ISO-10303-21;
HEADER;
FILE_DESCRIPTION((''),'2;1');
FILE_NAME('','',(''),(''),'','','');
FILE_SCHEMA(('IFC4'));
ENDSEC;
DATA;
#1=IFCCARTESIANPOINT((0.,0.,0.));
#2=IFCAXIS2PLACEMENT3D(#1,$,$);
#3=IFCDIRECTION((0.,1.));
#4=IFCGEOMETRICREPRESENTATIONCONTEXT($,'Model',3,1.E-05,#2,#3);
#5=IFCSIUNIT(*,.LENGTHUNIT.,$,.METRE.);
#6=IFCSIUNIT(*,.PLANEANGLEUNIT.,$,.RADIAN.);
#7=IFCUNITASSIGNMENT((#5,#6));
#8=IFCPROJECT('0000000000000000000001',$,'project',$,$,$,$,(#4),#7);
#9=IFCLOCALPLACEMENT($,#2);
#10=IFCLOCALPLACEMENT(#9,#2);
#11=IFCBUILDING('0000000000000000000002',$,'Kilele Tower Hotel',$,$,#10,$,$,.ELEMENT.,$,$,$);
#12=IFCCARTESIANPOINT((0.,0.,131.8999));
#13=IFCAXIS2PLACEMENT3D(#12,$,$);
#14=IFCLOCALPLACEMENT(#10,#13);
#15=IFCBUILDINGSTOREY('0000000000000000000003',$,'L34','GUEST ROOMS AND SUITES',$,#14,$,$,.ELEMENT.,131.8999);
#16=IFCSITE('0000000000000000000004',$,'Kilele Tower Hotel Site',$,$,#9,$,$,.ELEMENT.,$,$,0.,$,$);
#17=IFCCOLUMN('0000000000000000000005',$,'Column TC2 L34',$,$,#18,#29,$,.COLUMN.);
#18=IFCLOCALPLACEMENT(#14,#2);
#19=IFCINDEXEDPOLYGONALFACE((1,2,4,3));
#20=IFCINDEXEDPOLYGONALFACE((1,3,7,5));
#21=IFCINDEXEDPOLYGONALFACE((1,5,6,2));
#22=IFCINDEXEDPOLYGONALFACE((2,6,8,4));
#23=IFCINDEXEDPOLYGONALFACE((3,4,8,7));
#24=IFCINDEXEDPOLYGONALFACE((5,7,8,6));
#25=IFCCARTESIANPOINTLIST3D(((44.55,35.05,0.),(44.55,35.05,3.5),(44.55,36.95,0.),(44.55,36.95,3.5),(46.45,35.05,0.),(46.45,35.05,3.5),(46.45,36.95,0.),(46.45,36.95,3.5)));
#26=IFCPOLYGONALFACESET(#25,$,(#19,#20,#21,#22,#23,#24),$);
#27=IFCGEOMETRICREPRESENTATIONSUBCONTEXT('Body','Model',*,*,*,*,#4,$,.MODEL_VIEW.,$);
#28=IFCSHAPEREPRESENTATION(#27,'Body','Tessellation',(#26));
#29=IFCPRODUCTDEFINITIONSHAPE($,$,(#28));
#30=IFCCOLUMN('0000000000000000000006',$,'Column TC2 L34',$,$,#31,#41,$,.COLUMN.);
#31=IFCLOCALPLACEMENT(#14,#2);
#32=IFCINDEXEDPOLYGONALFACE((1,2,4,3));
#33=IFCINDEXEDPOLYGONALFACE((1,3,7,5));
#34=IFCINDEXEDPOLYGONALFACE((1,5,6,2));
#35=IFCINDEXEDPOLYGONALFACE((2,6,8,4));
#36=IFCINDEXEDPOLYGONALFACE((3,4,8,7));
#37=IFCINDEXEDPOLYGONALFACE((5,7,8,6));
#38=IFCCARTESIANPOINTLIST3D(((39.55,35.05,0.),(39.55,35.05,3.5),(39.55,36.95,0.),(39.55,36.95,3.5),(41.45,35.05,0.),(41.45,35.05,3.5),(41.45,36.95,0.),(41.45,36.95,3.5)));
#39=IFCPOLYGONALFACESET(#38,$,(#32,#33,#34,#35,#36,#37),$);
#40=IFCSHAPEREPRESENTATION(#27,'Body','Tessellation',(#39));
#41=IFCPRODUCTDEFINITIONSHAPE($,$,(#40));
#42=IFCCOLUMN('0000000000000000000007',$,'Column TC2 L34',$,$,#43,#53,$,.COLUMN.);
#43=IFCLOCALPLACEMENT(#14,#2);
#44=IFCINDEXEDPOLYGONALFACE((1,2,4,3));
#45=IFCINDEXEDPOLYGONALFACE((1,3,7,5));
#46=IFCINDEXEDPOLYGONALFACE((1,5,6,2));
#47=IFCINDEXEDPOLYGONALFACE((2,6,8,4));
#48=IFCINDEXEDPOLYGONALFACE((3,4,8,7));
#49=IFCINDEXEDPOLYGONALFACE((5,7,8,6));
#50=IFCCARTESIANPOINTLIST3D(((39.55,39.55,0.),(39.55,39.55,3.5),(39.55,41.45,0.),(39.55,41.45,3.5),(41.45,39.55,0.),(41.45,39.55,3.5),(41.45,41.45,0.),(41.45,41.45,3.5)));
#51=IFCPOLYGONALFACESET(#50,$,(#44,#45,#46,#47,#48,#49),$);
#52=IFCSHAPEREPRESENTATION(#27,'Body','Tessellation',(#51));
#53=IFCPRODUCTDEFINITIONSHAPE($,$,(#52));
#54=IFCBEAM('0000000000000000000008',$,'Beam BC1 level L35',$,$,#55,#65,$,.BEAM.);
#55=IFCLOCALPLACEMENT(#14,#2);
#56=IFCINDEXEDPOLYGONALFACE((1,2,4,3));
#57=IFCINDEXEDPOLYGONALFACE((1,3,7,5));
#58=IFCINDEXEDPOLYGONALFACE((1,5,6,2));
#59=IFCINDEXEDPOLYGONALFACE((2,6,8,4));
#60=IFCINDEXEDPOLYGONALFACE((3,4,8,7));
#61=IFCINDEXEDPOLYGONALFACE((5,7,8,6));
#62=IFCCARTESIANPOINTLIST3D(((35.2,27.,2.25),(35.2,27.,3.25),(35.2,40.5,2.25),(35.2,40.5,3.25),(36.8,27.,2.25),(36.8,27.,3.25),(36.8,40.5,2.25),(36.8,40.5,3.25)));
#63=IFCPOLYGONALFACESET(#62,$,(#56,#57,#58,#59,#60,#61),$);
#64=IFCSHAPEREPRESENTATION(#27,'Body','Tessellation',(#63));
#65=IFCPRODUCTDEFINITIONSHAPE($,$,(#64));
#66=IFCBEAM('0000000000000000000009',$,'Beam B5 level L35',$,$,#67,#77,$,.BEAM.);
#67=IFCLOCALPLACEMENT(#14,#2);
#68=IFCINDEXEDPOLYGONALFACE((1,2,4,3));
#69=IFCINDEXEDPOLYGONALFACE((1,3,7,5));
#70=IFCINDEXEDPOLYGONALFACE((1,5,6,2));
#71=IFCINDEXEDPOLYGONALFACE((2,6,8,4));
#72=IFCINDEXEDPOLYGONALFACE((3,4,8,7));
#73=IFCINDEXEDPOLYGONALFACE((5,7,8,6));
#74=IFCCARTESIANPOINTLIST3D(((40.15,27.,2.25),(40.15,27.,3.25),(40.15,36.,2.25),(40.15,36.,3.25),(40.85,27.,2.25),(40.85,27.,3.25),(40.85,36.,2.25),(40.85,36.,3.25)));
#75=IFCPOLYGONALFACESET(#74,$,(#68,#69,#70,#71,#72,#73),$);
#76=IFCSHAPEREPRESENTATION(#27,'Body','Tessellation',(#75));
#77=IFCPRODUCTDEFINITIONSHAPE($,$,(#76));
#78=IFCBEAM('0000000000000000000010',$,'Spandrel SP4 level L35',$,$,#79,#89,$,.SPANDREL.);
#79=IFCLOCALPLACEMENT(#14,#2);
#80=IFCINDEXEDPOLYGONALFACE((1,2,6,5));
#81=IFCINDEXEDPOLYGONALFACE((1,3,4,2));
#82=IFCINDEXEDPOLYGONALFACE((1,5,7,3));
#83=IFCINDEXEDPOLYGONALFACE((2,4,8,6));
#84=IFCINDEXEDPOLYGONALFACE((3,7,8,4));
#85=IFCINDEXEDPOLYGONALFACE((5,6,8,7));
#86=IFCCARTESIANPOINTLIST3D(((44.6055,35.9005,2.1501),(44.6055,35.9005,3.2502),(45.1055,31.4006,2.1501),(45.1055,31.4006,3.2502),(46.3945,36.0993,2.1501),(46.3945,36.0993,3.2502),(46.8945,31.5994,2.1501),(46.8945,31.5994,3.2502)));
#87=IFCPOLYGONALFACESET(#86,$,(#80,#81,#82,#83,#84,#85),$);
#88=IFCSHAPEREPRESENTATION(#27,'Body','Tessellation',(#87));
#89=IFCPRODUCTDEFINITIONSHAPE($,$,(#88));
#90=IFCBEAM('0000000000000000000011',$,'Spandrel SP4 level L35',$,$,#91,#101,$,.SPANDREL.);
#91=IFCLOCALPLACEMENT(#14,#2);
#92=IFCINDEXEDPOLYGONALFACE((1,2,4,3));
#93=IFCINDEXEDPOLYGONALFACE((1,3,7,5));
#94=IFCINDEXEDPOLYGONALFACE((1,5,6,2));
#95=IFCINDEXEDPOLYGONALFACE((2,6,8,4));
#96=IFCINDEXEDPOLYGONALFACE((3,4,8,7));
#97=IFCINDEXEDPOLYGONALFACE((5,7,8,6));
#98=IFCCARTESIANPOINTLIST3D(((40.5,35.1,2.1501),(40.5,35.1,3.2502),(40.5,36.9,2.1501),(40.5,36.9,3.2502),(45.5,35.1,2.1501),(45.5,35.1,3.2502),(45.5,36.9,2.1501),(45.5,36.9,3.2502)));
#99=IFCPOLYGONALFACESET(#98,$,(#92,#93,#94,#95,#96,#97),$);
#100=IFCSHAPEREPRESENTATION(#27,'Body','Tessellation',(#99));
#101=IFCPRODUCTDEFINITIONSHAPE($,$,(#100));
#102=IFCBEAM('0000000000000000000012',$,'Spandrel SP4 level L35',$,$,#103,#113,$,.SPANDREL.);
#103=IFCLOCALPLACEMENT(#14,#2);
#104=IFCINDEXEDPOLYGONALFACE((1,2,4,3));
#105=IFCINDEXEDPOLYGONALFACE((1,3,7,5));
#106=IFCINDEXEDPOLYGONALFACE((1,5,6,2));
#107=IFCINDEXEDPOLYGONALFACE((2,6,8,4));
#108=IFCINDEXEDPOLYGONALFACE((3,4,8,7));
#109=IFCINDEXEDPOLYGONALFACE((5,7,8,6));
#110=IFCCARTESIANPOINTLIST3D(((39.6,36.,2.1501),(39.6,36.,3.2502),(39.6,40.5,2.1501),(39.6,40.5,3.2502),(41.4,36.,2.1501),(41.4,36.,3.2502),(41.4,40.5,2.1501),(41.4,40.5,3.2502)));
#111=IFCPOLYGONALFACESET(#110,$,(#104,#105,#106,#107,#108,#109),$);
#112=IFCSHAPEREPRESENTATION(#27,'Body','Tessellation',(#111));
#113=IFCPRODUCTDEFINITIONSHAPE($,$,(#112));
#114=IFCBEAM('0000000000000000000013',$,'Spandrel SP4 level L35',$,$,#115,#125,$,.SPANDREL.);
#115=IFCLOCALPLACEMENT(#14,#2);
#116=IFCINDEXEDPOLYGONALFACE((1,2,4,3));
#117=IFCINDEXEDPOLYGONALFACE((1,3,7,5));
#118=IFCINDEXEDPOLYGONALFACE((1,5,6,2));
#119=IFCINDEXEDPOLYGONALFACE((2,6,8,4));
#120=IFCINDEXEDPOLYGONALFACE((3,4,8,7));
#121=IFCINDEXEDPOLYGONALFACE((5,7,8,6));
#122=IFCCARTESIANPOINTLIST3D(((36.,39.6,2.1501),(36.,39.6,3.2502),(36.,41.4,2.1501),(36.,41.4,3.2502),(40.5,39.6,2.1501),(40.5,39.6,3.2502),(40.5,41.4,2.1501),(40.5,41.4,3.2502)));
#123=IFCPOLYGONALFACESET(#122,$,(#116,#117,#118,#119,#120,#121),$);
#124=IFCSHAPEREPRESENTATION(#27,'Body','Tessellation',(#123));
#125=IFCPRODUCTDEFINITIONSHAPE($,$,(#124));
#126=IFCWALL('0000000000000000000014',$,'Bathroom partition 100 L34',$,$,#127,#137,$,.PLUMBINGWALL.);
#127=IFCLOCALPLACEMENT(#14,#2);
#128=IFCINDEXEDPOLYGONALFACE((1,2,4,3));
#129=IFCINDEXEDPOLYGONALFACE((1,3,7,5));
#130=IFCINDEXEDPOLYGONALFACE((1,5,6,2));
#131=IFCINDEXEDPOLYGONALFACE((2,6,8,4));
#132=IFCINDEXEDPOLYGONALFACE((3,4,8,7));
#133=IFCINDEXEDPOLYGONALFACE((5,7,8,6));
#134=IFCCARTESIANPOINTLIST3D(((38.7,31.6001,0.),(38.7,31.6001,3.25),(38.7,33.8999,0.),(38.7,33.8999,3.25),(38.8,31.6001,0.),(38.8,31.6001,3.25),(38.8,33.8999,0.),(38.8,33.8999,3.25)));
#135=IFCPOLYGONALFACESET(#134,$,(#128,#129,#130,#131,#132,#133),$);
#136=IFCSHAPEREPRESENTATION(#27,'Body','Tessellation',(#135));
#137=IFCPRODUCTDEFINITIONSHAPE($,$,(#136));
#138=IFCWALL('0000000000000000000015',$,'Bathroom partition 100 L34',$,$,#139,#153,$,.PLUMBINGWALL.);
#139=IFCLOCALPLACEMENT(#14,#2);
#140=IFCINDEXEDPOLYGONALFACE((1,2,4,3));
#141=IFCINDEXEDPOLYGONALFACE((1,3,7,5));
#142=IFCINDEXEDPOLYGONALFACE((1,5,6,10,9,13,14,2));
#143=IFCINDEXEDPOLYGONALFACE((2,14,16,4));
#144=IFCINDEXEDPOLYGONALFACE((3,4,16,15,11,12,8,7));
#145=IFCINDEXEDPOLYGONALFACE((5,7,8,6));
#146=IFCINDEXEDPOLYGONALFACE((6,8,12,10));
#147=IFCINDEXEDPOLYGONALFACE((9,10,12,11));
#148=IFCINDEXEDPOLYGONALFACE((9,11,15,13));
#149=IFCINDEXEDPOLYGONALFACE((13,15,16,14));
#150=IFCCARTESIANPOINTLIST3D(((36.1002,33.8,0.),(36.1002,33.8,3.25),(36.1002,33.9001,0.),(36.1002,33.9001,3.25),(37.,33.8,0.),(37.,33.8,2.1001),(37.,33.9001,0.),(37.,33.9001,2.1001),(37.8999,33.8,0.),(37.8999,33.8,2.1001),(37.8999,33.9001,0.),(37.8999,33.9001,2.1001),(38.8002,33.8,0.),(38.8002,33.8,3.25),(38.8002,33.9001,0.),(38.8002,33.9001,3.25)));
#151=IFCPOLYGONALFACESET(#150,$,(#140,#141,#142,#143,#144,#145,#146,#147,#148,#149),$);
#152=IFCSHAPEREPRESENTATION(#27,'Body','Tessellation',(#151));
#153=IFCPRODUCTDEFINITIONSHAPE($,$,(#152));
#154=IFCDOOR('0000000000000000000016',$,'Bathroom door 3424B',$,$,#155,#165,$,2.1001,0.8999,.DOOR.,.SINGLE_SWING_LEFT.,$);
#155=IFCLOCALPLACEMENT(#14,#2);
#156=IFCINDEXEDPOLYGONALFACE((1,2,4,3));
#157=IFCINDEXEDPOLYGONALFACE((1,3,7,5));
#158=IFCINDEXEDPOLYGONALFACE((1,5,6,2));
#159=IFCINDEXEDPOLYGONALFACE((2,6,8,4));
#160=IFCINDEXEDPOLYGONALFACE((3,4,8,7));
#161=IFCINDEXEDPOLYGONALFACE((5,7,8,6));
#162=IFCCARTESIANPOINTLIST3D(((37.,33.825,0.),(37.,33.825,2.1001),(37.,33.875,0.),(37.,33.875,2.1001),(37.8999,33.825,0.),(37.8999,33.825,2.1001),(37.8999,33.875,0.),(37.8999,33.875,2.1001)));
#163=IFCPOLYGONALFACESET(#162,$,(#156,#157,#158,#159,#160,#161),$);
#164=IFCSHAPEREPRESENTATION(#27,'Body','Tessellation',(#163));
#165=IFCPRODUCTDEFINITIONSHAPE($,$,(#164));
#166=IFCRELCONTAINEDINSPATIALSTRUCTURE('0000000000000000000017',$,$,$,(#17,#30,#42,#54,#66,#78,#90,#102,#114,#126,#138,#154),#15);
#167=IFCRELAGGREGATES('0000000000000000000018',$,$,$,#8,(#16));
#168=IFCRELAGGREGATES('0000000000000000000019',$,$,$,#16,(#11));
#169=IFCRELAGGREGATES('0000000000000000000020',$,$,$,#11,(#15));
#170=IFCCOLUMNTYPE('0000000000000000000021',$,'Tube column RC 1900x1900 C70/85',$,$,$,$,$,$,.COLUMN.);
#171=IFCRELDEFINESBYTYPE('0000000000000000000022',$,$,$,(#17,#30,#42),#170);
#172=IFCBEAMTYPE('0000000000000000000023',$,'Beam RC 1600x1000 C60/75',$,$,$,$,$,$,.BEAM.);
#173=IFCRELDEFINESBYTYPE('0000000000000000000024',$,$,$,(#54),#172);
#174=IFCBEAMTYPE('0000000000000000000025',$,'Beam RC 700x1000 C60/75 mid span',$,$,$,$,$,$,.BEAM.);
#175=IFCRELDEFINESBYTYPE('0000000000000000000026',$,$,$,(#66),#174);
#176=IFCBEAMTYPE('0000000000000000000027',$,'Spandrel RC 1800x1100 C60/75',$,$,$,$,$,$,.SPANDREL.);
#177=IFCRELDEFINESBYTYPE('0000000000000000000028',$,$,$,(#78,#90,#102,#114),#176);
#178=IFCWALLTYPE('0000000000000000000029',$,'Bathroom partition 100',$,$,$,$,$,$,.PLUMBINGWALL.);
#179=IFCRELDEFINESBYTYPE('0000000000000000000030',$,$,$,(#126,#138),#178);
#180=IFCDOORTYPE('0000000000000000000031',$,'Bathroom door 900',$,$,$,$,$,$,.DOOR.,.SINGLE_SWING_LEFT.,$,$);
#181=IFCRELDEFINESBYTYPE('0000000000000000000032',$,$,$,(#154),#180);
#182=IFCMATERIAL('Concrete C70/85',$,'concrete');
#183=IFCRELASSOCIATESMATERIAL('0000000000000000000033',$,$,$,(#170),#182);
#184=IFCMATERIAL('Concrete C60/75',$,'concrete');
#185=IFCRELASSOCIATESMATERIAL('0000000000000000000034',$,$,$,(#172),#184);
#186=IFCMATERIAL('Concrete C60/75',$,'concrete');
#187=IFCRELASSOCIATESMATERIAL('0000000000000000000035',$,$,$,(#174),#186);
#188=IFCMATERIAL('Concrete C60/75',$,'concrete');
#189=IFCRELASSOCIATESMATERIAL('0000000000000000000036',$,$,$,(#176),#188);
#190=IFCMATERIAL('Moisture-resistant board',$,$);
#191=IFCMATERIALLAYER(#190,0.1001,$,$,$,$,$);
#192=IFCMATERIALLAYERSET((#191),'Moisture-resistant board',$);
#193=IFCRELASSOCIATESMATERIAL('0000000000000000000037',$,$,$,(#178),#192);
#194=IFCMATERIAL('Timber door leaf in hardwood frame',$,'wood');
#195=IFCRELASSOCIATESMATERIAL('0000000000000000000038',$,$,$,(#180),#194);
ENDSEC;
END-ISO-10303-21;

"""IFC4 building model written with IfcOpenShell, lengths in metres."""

from ifc_helpers import new_model, si_unit, direction, frame, frame_2d, origin, origin_2d, place, context, subcontext, project, spatial, rectangle, extrude, material, layer, layer_set, material_profile, profile_set, type_object, element, fill, save


model = new_model("IFC4")

# Units and contexts
model_context = context("Model", 3, precision=1e-05, world=origin(), true_north=direction((0.0, 1.0)))
body_context = subcontext(model_context, "Body", "Model", "MODEL_VIEW")
ifc_project = project(units=[si_unit("LENGTHUNIT", "METRE"), si_unit("PLANEANGLEUNIT", "RADIAN")], contexts=[model_context])

# Site, building, storey
site_placement = place(None, origin())
site = spatial("IfcSite", under=ifc_project, at=site_placement, Name="Kilele Tower Hotel Site", CompositionType="ELEMENT", RefElevation=0.0)
building_placement = place(site_placement, origin())
building = spatial("IfcBuilding", under=site, at=building_placement, Name="Kilele Tower Hotel", CompositionType="ELEMENT")
storey_placement = place(building_placement, frame((0.0, 0.0, 131.8999)))
storey = spatial("IfcBuildingStorey", under=building, at=storey_placement, Name="L34", Description="GUEST ROOMS AND SUITES", CompositionType="ELEMENT", Elevation=131.8999)

# Columns
ifc_material_1 = material(Name="Concrete C70/85", Category="concrete")
ifc_material_profile_1 = material_profile(ifc_material_1, rectangle(XDim=1.8999, YDim=1.8999, at=origin_2d()))
ifc_profile_set_1 = profile_set([ifc_material_profile_1], Name="Concrete C70/85")
column_type = type_object("IfcColumnType", Name="Tube column RC 1900x1900 C70/85", PredefinedType="COLUMN", material=ifc_profile_set_1)
for number, where, z_axis, x_axis, name in (
    (1, (45.5, 36.0, 0.0), (0.0, 0.0, 1.0), (1.0, 0.0, 0.0), "Column TC2 L34"),
    (2, (40.5, 36.0, 0.0), (0.0, 0.0, 1.0), (1.0, 0.0, 0.0), "Column TC2 L34"),
    (3, (40.5, 40.5, 0.0), (0.0, 0.0, 1.0), (1.0, 0.0, 0.0), "Column TC2 L34"),
):
    element("IfcColumn", number, at=place(storey_placement, frame(where, z_axis=z_axis, x_axis=x_axis)), inside=storey, type_object=column_type, Name=name, PredefinedType="COLUMN", context=body_context, shape_type="SweptSolid", body=[
        extrude(rectangle(XDim=1.8999, YDim=1.8999, at=origin_2d()), origin(), (0.0, 0.0, 1.0), 3.5),
    ])

# Beams
ifc_material_2 = material(Name="Concrete C60/75", Category="concrete")
ifc_material_profile_2 = material_profile(ifc_material_2, rectangle(XDim=1.6001, YDim=1.0, at=origin_2d()))
ifc_profile_set_2 = profile_set([ifc_material_profile_2], Name="Concrete C60/75")
beam_type_1 = type_object("IfcBeamType", Name="Beam RC 1600x1000 C60/75", PredefinedType="BEAM", material=ifc_profile_set_2)
beam_1_placement = place(storey_placement, frame((36.0, 40.5, 2.75), z_axis=(0.0, -1.0, 0.0), x_axis=(1.0, 0.0, 0.0)))
element("IfcBeam", 4, at=beam_1_placement, inside=storey, type_object=beam_type_1, Name="Beam BC1 level L35", PredefinedType="BEAM", context=body_context, shape_type="SweptSolid", body=[
    extrude(rectangle(XDim=1.6001, YDim=1.0, at=origin_2d()), origin(), (0.0, 0.0, 1.0), 13.5),
])
ifc_material_3 = material(Name="Concrete C60/75", Category="concrete")
ifc_material_profile_3 = material_profile(ifc_material_3, rectangle(XDim=0.7, YDim=1.0, at=origin_2d()))
ifc_profile_set_3 = profile_set([ifc_material_profile_3], Name="Concrete C60/75")
beam_type_2 = type_object("IfcBeamType", Name="Beam RC 700x1000 C60/75 mid span", PredefinedType="BEAM", material=ifc_profile_set_3)
beam_2_placement = place(storey_placement, frame((40.5, 36.0, 2.75), z_axis=(0.0, -1.0, 0.0), x_axis=(1.0, 0.0, 0.0)))
element("IfcBeam", 5, at=beam_2_placement, inside=storey, type_object=beam_type_2, Name="Beam B5 level L35", PredefinedType="BEAM", context=body_context, shape_type="SweptSolid", body=[
    extrude(rectangle(XDim=0.7, YDim=1.0, at=origin_2d()), origin(), (0.0, 0.0, 1.0), 9.0),
])
ifc_material_4 = material(Name="Concrete C60/75", Category="concrete")
ifc_material_profile_4 = material_profile(ifc_material_4, rectangle(XDim=1.8, YDim=1.1001, at=origin_2d()))
ifc_profile_set_4 = profile_set([ifc_material_profile_4], Name="Concrete C60/75")
beam_type_3 = type_object("IfcBeamType", Name="Spandrel RC 1800x1100 C60/75", PredefinedType="SPANDREL", material=ifc_profile_set_4)
beam_3_placement = place(storey_placement, frame((46.0, 31.5, 2.7002), z_axis=(-0.110432, 0.993884, 0.0), x_axis=(-0.993884, -0.110432, 0.0)))
element("IfcBeam", 6, at=beam_3_placement, inside=storey, type_object=beam_type_3, Name="Spandrel SP4 level L35", PredefinedType="SPANDREL", context=body_context, shape_type="SweptSolid", body=[
    extrude(rectangle(XDim=1.8, YDim=1.1001, at=origin_2d()), origin(), (0.0, 0.0, 1.0), 4.5276),
])
beam_4_placement = place(storey_placement, frame((45.5, 36.0, 2.7002), z_axis=(-1.0, 0.0, 0.0), x_axis=(0.0, -1.0, 0.0)))
element("IfcBeam", 7, at=beam_4_placement, inside=storey, type_object=beam_type_3, Name="Spandrel SP4 level L35", PredefinedType="SPANDREL", context=body_context, shape_type="SweptSolid", body=[
    extrude(rectangle(XDim=1.8, YDim=1.1001, at=origin_2d()), origin(), (0.0, 0.0, 1.0), 5.0),
])
for number, where, z_axis, x_axis, name in (
    (8, (40.5, 36.0, 2.7002), (0.0, 1.0, 0.0), (-1.0, 0.0, 0.0), "Spandrel SP4 level L35"),
    (9, (40.5, 40.5, 2.7002), (-1.0, 0.0, 0.0), (0.0, -1.0, 0.0), "Spandrel SP4 level L35"),
):
    element("IfcBeam", number, at=place(storey_placement, frame(where, z_axis=z_axis, x_axis=x_axis)), inside=storey, type_object=beam_type_3, Name=name, PredefinedType="SPANDREL", context=body_context, shape_type="SweptSolid", body=[
        extrude(rectangle(XDim=1.8, YDim=1.1001, at=origin_2d()), origin(), (0.0, 0.0, 1.0), 4.5),
    ])

# Wall
ifc_material_5 = material(Name="Moisture-resistant board")
ifc_layer_1 = layer(ifc_material_5, 0.1001)
ifc_layer_set_1 = layer_set([ifc_layer_1], Name="Moisture-resistant board")
wall_type_1 = type_object("IfcWallType", Name="Bathroom partition 100", PredefinedType="PLUMBINGWALL", material=ifc_layer_set_1)
wall_1_placement = place(storey_placement, frame((38.75, 31.6001, 0.0), z_axis=(0.0, 0.0, 1.0), x_axis=(0.0, 1.0, 0.0)))
element("IfcWall", 10, at=wall_1_placement, inside=storey, type_object=wall_type_1, Name="Bathroom partition 100 L34", PredefinedType="PLUMBINGWALL", context=body_context, shape_type="SweptSolid", body=[
    extrude(rectangle(XDim=2.2998, YDim=0.1001, at=frame_2d((1.1499, 0.0))), origin(), (0.0, 0.0, 1.0), 3.25),
])

# Wall, opening, door
wall_2_placement = place(storey_placement, frame((36.1001, 33.8501, 0.0), z_axis=(0.0, 0.0, 1.0), x_axis=(1.0, 0.0, 0.0)))
wall_2 = element("IfcWall", 11, at=wall_2_placement, inside=storey, type_object=wall_type_1, Name="Bathroom partition 100 L34", PredefinedType="PLUMBINGWALL", context=body_context, shape_type="SweptSolid", body=[
    extrude(rectangle(XDim=2.7, YDim=0.1001, at=frame_2d((1.3501, 0.0))), origin(), (0.0, 0.0, 1.0), 3.25),
])
opening_1_placement = place(wall_2_placement, frame((0.8999, 0.0, 0.0)))
opening_1 = element("IfcOpeningElement", 12, at=opening_1_placement, cuts=wall_2, PredefinedType="OPENING", context=body_context, shape_type="SweptSolid", body=[
    extrude(rectangle(XDim=0.8999, YDim=2.1001, at=frame_2d((0.45, 1.05))), frame((0.0, 0.0601, 0.0), z_axis=(0.0, -1.0, 0.0), x_axis=(1.0, 0.0, 0.0)), (0.0, 0.0, 1.0), 0.1201),
])
ifc_material_6 = material(Name="Timber door leaf in hardwood frame", Category="wood")
door_type_1 = type_object("IfcDoorType", Name="Bathroom door 900", OperationType="SINGLE_SWING_LEFT", PredefinedType="DOOR", material=ifc_material_6)
door_1_placement = place(opening_1_placement, origin())
door_1 = element("IfcDoor", 13, at=door_1_placement, inside=storey, type_object=door_type_1, Name="Bathroom door 3424B", OperationType="SINGLE_SWING_LEFT", OverallHeight=2.1001, OverallWidth=0.8999, PredefinedType="DOOR", context=body_context, shape_type="SweptSolid", body=[
    extrude(rectangle(XDim=0.8999, YDim=2.1001, at=frame_2d((0.45, 1.05))), frame((0.0, 0.0249, 0.0), z_axis=(0.0, -1.0, 0.0), x_axis=(1.0, 0.0, 0.0)), (0.0, 0.0, 1.0), 0.05),
])
fill(opening_1, door_1)

save(model, "model.ifc")
